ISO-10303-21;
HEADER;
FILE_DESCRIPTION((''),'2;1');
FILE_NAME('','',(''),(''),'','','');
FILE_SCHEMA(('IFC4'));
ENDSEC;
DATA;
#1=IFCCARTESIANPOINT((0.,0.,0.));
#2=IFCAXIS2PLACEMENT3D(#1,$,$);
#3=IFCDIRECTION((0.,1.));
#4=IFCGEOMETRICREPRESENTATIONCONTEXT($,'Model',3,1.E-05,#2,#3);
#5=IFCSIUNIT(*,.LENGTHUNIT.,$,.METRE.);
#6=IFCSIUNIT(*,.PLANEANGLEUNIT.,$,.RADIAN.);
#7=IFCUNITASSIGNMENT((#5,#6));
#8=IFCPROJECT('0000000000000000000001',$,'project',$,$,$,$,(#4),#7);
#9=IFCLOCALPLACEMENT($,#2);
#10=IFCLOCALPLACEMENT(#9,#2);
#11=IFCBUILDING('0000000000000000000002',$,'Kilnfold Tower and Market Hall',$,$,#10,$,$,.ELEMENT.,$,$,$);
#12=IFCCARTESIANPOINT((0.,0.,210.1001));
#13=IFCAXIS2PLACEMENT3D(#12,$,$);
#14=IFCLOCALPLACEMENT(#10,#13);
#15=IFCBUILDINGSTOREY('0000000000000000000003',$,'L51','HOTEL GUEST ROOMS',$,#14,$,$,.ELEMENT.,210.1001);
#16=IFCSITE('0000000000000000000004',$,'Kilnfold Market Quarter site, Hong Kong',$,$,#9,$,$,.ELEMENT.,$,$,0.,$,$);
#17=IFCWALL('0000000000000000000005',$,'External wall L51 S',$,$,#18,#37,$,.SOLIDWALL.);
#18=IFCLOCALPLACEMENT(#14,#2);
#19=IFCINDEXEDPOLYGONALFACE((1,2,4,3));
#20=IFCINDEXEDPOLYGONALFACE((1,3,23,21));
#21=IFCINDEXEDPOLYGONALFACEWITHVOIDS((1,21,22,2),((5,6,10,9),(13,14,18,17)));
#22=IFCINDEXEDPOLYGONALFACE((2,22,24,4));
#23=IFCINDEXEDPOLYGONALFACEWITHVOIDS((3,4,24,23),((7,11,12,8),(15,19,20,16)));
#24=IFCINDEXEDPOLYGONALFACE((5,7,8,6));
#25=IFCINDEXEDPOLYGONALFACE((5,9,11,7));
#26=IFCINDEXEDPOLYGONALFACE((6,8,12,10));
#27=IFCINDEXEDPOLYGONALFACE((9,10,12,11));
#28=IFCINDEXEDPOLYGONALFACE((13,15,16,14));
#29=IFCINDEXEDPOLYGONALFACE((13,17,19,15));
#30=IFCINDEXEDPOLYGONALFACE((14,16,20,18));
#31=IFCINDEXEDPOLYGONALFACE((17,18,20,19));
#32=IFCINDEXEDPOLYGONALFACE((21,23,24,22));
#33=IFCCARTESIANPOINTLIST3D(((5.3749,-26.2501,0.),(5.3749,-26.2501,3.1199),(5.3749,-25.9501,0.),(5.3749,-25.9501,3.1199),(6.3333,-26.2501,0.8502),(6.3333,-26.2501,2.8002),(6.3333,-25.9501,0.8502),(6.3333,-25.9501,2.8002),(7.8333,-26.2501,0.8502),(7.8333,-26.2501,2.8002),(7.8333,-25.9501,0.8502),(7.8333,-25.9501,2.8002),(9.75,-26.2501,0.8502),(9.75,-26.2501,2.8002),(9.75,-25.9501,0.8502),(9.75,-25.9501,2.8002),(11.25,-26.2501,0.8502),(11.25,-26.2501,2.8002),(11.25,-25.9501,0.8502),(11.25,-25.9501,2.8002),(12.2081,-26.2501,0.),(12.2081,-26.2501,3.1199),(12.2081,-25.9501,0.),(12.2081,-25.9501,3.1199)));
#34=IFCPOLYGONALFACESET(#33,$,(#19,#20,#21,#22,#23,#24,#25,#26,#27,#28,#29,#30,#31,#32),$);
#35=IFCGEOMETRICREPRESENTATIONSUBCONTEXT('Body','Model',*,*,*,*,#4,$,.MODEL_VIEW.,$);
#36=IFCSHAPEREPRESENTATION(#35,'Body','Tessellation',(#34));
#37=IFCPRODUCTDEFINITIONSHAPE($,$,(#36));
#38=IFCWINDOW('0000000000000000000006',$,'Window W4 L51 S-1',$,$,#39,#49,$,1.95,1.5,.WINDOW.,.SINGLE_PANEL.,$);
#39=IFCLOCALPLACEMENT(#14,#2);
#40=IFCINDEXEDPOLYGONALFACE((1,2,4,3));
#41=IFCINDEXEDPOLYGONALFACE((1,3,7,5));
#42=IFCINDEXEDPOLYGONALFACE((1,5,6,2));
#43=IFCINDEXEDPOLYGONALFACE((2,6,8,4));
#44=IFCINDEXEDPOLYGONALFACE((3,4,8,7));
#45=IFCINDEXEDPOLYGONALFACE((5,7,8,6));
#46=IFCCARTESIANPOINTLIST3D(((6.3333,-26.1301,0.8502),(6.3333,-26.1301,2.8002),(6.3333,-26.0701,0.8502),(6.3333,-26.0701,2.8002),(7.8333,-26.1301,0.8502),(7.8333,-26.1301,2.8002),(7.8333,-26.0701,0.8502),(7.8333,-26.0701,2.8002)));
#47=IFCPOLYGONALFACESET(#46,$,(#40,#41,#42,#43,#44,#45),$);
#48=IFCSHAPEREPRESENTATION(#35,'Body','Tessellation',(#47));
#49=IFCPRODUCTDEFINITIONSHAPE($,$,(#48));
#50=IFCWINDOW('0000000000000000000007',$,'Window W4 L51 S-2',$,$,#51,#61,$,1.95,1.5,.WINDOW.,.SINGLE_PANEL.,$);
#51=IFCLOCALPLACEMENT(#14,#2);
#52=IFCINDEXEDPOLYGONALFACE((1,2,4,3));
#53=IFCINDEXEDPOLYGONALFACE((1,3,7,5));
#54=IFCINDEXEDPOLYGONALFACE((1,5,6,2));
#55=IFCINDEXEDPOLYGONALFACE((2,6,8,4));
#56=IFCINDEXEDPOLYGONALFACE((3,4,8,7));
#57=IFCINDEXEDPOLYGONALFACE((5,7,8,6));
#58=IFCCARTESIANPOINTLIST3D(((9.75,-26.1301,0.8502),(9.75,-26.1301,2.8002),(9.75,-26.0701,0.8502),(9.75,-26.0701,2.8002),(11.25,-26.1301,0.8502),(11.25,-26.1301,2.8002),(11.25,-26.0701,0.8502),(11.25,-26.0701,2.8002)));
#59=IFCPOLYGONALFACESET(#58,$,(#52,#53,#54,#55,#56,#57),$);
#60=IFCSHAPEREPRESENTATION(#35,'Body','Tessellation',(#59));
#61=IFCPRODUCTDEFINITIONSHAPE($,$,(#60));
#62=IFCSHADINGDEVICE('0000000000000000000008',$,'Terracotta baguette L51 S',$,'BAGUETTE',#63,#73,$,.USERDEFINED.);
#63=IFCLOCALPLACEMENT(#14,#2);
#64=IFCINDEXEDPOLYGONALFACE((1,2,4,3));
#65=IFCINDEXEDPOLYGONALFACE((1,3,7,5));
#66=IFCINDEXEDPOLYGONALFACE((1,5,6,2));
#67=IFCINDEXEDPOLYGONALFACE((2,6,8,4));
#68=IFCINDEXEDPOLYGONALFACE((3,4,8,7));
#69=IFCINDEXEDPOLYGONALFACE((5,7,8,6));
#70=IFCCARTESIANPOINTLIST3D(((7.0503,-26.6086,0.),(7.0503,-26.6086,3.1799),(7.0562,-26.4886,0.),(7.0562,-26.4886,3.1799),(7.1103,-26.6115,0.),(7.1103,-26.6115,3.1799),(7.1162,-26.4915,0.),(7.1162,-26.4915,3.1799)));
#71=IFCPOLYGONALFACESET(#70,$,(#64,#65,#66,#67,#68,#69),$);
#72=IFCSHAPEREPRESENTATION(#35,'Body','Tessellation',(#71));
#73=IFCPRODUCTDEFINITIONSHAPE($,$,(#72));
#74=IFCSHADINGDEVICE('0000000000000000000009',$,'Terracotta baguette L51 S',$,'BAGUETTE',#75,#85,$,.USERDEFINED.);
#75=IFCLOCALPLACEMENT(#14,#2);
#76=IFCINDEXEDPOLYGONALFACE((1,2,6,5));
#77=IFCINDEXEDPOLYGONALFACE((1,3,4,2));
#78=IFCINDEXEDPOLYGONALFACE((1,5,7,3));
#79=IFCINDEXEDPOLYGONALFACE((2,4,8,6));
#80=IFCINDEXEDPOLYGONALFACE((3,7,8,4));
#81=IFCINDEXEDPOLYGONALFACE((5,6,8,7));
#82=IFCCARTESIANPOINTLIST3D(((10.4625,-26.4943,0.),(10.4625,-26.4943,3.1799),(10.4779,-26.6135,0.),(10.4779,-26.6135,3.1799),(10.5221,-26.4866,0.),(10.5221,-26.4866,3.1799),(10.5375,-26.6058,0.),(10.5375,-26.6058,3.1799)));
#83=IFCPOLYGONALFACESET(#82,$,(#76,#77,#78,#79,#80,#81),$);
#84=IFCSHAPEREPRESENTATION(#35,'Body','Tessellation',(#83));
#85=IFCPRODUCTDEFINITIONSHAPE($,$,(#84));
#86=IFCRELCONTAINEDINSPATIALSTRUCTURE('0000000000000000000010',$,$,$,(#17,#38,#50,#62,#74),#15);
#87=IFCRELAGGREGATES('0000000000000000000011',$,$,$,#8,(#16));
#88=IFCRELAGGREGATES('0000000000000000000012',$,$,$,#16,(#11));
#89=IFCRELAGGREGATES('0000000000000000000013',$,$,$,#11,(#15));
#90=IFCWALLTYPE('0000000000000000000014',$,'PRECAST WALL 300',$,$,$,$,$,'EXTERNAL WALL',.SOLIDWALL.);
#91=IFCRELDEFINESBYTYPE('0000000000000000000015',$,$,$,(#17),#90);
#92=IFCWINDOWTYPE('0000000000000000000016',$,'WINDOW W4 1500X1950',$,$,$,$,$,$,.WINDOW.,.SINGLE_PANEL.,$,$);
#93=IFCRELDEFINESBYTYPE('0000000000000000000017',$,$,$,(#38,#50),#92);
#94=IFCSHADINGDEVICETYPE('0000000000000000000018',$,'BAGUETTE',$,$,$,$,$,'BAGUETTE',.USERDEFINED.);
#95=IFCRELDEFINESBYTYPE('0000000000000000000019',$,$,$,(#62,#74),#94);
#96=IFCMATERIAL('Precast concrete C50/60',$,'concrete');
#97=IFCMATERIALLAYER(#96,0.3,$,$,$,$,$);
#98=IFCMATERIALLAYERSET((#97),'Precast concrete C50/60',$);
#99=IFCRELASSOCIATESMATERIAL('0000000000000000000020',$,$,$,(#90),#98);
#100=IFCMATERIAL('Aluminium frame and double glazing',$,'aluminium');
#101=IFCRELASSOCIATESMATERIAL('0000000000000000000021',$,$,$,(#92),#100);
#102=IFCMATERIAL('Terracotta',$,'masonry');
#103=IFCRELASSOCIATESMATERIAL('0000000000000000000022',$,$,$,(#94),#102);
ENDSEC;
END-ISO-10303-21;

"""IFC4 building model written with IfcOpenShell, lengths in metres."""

from ifc_helpers import new_model, si_unit, direction, frame, frame_2d, origin, origin_2d, place, context, subcontext, project, spatial, rectangle, extrude, source, transform, mapped, material, layer, layer_set, material_profile, profile_set, type_object, element, fill, save


model = new_model("IFC4")

# Units and contexts
model_context = context("Model", 3, precision=1e-05, world=origin(), true_north=direction((0.0, 1.0)))
body_context = subcontext(model_context, "Body", "Model", "MODEL_VIEW")
ifc_project = project(units=[si_unit("LENGTHUNIT", "METRE"), si_unit("PLANEANGLEUNIT", "RADIAN")], contexts=[model_context])

# Site, building, storey
site_placement = place(None, origin())
site = spatial("IfcSite", under=ifc_project, at=site_placement, Name="Kilnfold Market Quarter site, Hong Kong", CompositionType="ELEMENT", RefElevation=0.0)
building_placement = place(site_placement, origin())
building = spatial("IfcBuilding", under=site, at=building_placement, Name="Kilnfold Tower and Market Hall", CompositionType="ELEMENT")
storey_placement = place(building_placement, frame((0.0, 0.0, 210.1001)))
storey = spatial("IfcBuildingStorey", under=building, at=storey_placement, Name="L51", Description="HOTEL GUEST ROOMS", CompositionType="ELEMENT", Elevation=210.1001)

# Wall, openings, windows
ifc_material_1 = material(Name="Precast concrete C50/60", Category="concrete")
ifc_layer_1 = layer(ifc_material_1, 0.3)
ifc_layer_set_1 = layer_set([ifc_layer_1], Name="Precast concrete C50/60")
wall_type_1 = type_object("IfcWallType", Name="PRECAST WALL 300", ElementType="EXTERNAL WALL", PredefinedType="SOLIDWALL", material=ifc_layer_set_1)
shared_shape_1 = source(origin(), body_context, "Body", "SweptSolid", [
    extrude(rectangle(XDim=6.8333, YDim=0.3, at=frame_2d((3.4165, 0.0))), origin(), (0.0, 0.0, 1.0), 3.1199),
])
wall_1_placement = place(storey_placement, frame((5.375, -26.1001, 0.0), z_axis=(0.0, 0.0, 1.0), x_axis=(1.0, 0.0, 0.0)))
wall_1 = element("IfcWall", 1, at=wall_1_placement, inside=storey, type_object=wall_type_1, Name="External wall L51 S", PredefinedType="SOLIDWALL", context=body_context, shape_type="MappedRepresentation", body=[
    mapped(shared_shape_1, transform((0.0, 0.0, 0.0))),
])
opening_1_placement = place(wall_1_placement, frame((0.9583, 0.0, 0.8501)))
opening_1 = element("IfcOpeningElement", 2, at=opening_1_placement, cuts=wall_1, PredefinedType="OPENING", context=body_context, shape_type="SweptSolid", body=[
    extrude(rectangle(XDim=1.5, YDim=1.95, at=frame_2d((0.75, 0.9751))), frame((0.0, 0.1602, 0.0), z_axis=(0.0, -1.0, 0.0), x_axis=(1.0, 0.0, 0.0)), (0.0, 0.0, 1.0), 0.3201),
])
opening_2_placement = place(wall_1_placement, frame((4.375, 0.0, 0.8501)))
opening_2 = element("IfcOpeningElement", 3, at=opening_2_placement, cuts=wall_1, PredefinedType="OPENING", context=body_context, shape_type="SweptSolid", body=[
    extrude(rectangle(XDim=1.5, YDim=1.95, at=frame_2d((0.75, 0.9751))), frame((0.0, 0.1602, 0.0), z_axis=(0.0, -1.0, 0.0), x_axis=(1.0, 0.0, 0.0)), (0.0, 0.0, 1.0), 0.3201),
])
ifc_material_2 = material(Name="Aluminium frame and double glazing", Category="aluminium")
window_type = type_object("IfcWindowType", Name="WINDOW W4 1500X1950", PartitioningType="SINGLE_PANEL", PredefinedType="WINDOW", material=ifc_material_2)
window_1_placement = place(opening_1_placement, origin())
window_1 = element("IfcWindow", 4, at=window_1_placement, inside=storey, type_object=window_type, Name="Window W4 L51 S-1", OverallHeight=1.95, OverallWidth=1.5, PartitioningType="SINGLE_PANEL", PredefinedType="WINDOW", context=body_context, shape_type="SweptSolid", body=[
    extrude(rectangle(XDim=1.5, YDim=1.95, at=frame_2d((0.75, 0.9751))), frame((0.0, 0.03, 0.0), z_axis=(0.0, -1.0, 0.0), x_axis=(1.0, 0.0, 0.0)), (0.0, 0.0, 1.0), 0.0601),
])
fill(opening_1, window_1)
window_2_placement = place(opening_2_placement, origin())
window_2 = element("IfcWindow", 5, at=window_2_placement, inside=storey, type_object=window_type, Name="Window W4 L51 S-2", OverallHeight=1.95, OverallWidth=1.5, PartitioningType="SINGLE_PANEL", PredefinedType="WINDOW", context=body_context, shape_type="SweptSolid", body=[
    extrude(rectangle(XDim=1.5, YDim=1.95, at=frame_2d((0.75, 0.9751))), frame((0.0, 0.03, 0.0), z_axis=(0.0, -1.0, 0.0), x_axis=(1.0, 0.0, 0.0)), (0.0, 0.0, 1.0), 0.0601),
])
fill(opening_2, window_2)

# Shading devices
ifc_material_3 = material(Name="Terracotta", Category="masonry")
ifc_material_profile_1 = material_profile(ifc_material_3, rectangle(XDim=0.0601, YDim=0.1201, at=origin_2d()), Name="BAG 60x120")
ifc_profile_set_1 = profile_set([ifc_material_profile_1], Name="Terracotta")
shading_device_type = type_object("IfcShadingDeviceType", Name="BAGUETTE", ElementType="BAGUETTE", PredefinedType="USERDEFINED", material=ifc_profile_set_1)
shared_shape_2 = source(origin(), body_context, "Body", "SweptSolid", [
    extrude(rectangle(XDim=0.0601, YDim=0.1201, at=origin_2d()), origin(), (0.0, 0.0, 1.0), 3.1799),
])
for number, where, z_axis, x_axis, name in (
    (6, (7.0833, -26.55, 0.0), (0.0, 0.0, 1.0), (0.998795, -0.04908, 0.0), "Terracotta baguette L51 S"),
    (7, (10.5, -26.55, 0.0), (0.0, 0.0, 1.0), (0.991719, 0.128425, 0.0), "Terracotta baguette L51 S"),
):
    element("IfcShadingDevice", number, at=place(storey_placement, frame(where, z_axis=z_axis, x_axis=x_axis)), inside=storey, type_object=shading_device_type, Name=name, ObjectType="BAGUETTE", PredefinedType="USERDEFINED", context=body_context, shape_type="MappedRepresentation", body=[
        mapped(shared_shape_2, transform((0.0, 0.0, 0.0))),
    ])

save(model, "model.ifc")
